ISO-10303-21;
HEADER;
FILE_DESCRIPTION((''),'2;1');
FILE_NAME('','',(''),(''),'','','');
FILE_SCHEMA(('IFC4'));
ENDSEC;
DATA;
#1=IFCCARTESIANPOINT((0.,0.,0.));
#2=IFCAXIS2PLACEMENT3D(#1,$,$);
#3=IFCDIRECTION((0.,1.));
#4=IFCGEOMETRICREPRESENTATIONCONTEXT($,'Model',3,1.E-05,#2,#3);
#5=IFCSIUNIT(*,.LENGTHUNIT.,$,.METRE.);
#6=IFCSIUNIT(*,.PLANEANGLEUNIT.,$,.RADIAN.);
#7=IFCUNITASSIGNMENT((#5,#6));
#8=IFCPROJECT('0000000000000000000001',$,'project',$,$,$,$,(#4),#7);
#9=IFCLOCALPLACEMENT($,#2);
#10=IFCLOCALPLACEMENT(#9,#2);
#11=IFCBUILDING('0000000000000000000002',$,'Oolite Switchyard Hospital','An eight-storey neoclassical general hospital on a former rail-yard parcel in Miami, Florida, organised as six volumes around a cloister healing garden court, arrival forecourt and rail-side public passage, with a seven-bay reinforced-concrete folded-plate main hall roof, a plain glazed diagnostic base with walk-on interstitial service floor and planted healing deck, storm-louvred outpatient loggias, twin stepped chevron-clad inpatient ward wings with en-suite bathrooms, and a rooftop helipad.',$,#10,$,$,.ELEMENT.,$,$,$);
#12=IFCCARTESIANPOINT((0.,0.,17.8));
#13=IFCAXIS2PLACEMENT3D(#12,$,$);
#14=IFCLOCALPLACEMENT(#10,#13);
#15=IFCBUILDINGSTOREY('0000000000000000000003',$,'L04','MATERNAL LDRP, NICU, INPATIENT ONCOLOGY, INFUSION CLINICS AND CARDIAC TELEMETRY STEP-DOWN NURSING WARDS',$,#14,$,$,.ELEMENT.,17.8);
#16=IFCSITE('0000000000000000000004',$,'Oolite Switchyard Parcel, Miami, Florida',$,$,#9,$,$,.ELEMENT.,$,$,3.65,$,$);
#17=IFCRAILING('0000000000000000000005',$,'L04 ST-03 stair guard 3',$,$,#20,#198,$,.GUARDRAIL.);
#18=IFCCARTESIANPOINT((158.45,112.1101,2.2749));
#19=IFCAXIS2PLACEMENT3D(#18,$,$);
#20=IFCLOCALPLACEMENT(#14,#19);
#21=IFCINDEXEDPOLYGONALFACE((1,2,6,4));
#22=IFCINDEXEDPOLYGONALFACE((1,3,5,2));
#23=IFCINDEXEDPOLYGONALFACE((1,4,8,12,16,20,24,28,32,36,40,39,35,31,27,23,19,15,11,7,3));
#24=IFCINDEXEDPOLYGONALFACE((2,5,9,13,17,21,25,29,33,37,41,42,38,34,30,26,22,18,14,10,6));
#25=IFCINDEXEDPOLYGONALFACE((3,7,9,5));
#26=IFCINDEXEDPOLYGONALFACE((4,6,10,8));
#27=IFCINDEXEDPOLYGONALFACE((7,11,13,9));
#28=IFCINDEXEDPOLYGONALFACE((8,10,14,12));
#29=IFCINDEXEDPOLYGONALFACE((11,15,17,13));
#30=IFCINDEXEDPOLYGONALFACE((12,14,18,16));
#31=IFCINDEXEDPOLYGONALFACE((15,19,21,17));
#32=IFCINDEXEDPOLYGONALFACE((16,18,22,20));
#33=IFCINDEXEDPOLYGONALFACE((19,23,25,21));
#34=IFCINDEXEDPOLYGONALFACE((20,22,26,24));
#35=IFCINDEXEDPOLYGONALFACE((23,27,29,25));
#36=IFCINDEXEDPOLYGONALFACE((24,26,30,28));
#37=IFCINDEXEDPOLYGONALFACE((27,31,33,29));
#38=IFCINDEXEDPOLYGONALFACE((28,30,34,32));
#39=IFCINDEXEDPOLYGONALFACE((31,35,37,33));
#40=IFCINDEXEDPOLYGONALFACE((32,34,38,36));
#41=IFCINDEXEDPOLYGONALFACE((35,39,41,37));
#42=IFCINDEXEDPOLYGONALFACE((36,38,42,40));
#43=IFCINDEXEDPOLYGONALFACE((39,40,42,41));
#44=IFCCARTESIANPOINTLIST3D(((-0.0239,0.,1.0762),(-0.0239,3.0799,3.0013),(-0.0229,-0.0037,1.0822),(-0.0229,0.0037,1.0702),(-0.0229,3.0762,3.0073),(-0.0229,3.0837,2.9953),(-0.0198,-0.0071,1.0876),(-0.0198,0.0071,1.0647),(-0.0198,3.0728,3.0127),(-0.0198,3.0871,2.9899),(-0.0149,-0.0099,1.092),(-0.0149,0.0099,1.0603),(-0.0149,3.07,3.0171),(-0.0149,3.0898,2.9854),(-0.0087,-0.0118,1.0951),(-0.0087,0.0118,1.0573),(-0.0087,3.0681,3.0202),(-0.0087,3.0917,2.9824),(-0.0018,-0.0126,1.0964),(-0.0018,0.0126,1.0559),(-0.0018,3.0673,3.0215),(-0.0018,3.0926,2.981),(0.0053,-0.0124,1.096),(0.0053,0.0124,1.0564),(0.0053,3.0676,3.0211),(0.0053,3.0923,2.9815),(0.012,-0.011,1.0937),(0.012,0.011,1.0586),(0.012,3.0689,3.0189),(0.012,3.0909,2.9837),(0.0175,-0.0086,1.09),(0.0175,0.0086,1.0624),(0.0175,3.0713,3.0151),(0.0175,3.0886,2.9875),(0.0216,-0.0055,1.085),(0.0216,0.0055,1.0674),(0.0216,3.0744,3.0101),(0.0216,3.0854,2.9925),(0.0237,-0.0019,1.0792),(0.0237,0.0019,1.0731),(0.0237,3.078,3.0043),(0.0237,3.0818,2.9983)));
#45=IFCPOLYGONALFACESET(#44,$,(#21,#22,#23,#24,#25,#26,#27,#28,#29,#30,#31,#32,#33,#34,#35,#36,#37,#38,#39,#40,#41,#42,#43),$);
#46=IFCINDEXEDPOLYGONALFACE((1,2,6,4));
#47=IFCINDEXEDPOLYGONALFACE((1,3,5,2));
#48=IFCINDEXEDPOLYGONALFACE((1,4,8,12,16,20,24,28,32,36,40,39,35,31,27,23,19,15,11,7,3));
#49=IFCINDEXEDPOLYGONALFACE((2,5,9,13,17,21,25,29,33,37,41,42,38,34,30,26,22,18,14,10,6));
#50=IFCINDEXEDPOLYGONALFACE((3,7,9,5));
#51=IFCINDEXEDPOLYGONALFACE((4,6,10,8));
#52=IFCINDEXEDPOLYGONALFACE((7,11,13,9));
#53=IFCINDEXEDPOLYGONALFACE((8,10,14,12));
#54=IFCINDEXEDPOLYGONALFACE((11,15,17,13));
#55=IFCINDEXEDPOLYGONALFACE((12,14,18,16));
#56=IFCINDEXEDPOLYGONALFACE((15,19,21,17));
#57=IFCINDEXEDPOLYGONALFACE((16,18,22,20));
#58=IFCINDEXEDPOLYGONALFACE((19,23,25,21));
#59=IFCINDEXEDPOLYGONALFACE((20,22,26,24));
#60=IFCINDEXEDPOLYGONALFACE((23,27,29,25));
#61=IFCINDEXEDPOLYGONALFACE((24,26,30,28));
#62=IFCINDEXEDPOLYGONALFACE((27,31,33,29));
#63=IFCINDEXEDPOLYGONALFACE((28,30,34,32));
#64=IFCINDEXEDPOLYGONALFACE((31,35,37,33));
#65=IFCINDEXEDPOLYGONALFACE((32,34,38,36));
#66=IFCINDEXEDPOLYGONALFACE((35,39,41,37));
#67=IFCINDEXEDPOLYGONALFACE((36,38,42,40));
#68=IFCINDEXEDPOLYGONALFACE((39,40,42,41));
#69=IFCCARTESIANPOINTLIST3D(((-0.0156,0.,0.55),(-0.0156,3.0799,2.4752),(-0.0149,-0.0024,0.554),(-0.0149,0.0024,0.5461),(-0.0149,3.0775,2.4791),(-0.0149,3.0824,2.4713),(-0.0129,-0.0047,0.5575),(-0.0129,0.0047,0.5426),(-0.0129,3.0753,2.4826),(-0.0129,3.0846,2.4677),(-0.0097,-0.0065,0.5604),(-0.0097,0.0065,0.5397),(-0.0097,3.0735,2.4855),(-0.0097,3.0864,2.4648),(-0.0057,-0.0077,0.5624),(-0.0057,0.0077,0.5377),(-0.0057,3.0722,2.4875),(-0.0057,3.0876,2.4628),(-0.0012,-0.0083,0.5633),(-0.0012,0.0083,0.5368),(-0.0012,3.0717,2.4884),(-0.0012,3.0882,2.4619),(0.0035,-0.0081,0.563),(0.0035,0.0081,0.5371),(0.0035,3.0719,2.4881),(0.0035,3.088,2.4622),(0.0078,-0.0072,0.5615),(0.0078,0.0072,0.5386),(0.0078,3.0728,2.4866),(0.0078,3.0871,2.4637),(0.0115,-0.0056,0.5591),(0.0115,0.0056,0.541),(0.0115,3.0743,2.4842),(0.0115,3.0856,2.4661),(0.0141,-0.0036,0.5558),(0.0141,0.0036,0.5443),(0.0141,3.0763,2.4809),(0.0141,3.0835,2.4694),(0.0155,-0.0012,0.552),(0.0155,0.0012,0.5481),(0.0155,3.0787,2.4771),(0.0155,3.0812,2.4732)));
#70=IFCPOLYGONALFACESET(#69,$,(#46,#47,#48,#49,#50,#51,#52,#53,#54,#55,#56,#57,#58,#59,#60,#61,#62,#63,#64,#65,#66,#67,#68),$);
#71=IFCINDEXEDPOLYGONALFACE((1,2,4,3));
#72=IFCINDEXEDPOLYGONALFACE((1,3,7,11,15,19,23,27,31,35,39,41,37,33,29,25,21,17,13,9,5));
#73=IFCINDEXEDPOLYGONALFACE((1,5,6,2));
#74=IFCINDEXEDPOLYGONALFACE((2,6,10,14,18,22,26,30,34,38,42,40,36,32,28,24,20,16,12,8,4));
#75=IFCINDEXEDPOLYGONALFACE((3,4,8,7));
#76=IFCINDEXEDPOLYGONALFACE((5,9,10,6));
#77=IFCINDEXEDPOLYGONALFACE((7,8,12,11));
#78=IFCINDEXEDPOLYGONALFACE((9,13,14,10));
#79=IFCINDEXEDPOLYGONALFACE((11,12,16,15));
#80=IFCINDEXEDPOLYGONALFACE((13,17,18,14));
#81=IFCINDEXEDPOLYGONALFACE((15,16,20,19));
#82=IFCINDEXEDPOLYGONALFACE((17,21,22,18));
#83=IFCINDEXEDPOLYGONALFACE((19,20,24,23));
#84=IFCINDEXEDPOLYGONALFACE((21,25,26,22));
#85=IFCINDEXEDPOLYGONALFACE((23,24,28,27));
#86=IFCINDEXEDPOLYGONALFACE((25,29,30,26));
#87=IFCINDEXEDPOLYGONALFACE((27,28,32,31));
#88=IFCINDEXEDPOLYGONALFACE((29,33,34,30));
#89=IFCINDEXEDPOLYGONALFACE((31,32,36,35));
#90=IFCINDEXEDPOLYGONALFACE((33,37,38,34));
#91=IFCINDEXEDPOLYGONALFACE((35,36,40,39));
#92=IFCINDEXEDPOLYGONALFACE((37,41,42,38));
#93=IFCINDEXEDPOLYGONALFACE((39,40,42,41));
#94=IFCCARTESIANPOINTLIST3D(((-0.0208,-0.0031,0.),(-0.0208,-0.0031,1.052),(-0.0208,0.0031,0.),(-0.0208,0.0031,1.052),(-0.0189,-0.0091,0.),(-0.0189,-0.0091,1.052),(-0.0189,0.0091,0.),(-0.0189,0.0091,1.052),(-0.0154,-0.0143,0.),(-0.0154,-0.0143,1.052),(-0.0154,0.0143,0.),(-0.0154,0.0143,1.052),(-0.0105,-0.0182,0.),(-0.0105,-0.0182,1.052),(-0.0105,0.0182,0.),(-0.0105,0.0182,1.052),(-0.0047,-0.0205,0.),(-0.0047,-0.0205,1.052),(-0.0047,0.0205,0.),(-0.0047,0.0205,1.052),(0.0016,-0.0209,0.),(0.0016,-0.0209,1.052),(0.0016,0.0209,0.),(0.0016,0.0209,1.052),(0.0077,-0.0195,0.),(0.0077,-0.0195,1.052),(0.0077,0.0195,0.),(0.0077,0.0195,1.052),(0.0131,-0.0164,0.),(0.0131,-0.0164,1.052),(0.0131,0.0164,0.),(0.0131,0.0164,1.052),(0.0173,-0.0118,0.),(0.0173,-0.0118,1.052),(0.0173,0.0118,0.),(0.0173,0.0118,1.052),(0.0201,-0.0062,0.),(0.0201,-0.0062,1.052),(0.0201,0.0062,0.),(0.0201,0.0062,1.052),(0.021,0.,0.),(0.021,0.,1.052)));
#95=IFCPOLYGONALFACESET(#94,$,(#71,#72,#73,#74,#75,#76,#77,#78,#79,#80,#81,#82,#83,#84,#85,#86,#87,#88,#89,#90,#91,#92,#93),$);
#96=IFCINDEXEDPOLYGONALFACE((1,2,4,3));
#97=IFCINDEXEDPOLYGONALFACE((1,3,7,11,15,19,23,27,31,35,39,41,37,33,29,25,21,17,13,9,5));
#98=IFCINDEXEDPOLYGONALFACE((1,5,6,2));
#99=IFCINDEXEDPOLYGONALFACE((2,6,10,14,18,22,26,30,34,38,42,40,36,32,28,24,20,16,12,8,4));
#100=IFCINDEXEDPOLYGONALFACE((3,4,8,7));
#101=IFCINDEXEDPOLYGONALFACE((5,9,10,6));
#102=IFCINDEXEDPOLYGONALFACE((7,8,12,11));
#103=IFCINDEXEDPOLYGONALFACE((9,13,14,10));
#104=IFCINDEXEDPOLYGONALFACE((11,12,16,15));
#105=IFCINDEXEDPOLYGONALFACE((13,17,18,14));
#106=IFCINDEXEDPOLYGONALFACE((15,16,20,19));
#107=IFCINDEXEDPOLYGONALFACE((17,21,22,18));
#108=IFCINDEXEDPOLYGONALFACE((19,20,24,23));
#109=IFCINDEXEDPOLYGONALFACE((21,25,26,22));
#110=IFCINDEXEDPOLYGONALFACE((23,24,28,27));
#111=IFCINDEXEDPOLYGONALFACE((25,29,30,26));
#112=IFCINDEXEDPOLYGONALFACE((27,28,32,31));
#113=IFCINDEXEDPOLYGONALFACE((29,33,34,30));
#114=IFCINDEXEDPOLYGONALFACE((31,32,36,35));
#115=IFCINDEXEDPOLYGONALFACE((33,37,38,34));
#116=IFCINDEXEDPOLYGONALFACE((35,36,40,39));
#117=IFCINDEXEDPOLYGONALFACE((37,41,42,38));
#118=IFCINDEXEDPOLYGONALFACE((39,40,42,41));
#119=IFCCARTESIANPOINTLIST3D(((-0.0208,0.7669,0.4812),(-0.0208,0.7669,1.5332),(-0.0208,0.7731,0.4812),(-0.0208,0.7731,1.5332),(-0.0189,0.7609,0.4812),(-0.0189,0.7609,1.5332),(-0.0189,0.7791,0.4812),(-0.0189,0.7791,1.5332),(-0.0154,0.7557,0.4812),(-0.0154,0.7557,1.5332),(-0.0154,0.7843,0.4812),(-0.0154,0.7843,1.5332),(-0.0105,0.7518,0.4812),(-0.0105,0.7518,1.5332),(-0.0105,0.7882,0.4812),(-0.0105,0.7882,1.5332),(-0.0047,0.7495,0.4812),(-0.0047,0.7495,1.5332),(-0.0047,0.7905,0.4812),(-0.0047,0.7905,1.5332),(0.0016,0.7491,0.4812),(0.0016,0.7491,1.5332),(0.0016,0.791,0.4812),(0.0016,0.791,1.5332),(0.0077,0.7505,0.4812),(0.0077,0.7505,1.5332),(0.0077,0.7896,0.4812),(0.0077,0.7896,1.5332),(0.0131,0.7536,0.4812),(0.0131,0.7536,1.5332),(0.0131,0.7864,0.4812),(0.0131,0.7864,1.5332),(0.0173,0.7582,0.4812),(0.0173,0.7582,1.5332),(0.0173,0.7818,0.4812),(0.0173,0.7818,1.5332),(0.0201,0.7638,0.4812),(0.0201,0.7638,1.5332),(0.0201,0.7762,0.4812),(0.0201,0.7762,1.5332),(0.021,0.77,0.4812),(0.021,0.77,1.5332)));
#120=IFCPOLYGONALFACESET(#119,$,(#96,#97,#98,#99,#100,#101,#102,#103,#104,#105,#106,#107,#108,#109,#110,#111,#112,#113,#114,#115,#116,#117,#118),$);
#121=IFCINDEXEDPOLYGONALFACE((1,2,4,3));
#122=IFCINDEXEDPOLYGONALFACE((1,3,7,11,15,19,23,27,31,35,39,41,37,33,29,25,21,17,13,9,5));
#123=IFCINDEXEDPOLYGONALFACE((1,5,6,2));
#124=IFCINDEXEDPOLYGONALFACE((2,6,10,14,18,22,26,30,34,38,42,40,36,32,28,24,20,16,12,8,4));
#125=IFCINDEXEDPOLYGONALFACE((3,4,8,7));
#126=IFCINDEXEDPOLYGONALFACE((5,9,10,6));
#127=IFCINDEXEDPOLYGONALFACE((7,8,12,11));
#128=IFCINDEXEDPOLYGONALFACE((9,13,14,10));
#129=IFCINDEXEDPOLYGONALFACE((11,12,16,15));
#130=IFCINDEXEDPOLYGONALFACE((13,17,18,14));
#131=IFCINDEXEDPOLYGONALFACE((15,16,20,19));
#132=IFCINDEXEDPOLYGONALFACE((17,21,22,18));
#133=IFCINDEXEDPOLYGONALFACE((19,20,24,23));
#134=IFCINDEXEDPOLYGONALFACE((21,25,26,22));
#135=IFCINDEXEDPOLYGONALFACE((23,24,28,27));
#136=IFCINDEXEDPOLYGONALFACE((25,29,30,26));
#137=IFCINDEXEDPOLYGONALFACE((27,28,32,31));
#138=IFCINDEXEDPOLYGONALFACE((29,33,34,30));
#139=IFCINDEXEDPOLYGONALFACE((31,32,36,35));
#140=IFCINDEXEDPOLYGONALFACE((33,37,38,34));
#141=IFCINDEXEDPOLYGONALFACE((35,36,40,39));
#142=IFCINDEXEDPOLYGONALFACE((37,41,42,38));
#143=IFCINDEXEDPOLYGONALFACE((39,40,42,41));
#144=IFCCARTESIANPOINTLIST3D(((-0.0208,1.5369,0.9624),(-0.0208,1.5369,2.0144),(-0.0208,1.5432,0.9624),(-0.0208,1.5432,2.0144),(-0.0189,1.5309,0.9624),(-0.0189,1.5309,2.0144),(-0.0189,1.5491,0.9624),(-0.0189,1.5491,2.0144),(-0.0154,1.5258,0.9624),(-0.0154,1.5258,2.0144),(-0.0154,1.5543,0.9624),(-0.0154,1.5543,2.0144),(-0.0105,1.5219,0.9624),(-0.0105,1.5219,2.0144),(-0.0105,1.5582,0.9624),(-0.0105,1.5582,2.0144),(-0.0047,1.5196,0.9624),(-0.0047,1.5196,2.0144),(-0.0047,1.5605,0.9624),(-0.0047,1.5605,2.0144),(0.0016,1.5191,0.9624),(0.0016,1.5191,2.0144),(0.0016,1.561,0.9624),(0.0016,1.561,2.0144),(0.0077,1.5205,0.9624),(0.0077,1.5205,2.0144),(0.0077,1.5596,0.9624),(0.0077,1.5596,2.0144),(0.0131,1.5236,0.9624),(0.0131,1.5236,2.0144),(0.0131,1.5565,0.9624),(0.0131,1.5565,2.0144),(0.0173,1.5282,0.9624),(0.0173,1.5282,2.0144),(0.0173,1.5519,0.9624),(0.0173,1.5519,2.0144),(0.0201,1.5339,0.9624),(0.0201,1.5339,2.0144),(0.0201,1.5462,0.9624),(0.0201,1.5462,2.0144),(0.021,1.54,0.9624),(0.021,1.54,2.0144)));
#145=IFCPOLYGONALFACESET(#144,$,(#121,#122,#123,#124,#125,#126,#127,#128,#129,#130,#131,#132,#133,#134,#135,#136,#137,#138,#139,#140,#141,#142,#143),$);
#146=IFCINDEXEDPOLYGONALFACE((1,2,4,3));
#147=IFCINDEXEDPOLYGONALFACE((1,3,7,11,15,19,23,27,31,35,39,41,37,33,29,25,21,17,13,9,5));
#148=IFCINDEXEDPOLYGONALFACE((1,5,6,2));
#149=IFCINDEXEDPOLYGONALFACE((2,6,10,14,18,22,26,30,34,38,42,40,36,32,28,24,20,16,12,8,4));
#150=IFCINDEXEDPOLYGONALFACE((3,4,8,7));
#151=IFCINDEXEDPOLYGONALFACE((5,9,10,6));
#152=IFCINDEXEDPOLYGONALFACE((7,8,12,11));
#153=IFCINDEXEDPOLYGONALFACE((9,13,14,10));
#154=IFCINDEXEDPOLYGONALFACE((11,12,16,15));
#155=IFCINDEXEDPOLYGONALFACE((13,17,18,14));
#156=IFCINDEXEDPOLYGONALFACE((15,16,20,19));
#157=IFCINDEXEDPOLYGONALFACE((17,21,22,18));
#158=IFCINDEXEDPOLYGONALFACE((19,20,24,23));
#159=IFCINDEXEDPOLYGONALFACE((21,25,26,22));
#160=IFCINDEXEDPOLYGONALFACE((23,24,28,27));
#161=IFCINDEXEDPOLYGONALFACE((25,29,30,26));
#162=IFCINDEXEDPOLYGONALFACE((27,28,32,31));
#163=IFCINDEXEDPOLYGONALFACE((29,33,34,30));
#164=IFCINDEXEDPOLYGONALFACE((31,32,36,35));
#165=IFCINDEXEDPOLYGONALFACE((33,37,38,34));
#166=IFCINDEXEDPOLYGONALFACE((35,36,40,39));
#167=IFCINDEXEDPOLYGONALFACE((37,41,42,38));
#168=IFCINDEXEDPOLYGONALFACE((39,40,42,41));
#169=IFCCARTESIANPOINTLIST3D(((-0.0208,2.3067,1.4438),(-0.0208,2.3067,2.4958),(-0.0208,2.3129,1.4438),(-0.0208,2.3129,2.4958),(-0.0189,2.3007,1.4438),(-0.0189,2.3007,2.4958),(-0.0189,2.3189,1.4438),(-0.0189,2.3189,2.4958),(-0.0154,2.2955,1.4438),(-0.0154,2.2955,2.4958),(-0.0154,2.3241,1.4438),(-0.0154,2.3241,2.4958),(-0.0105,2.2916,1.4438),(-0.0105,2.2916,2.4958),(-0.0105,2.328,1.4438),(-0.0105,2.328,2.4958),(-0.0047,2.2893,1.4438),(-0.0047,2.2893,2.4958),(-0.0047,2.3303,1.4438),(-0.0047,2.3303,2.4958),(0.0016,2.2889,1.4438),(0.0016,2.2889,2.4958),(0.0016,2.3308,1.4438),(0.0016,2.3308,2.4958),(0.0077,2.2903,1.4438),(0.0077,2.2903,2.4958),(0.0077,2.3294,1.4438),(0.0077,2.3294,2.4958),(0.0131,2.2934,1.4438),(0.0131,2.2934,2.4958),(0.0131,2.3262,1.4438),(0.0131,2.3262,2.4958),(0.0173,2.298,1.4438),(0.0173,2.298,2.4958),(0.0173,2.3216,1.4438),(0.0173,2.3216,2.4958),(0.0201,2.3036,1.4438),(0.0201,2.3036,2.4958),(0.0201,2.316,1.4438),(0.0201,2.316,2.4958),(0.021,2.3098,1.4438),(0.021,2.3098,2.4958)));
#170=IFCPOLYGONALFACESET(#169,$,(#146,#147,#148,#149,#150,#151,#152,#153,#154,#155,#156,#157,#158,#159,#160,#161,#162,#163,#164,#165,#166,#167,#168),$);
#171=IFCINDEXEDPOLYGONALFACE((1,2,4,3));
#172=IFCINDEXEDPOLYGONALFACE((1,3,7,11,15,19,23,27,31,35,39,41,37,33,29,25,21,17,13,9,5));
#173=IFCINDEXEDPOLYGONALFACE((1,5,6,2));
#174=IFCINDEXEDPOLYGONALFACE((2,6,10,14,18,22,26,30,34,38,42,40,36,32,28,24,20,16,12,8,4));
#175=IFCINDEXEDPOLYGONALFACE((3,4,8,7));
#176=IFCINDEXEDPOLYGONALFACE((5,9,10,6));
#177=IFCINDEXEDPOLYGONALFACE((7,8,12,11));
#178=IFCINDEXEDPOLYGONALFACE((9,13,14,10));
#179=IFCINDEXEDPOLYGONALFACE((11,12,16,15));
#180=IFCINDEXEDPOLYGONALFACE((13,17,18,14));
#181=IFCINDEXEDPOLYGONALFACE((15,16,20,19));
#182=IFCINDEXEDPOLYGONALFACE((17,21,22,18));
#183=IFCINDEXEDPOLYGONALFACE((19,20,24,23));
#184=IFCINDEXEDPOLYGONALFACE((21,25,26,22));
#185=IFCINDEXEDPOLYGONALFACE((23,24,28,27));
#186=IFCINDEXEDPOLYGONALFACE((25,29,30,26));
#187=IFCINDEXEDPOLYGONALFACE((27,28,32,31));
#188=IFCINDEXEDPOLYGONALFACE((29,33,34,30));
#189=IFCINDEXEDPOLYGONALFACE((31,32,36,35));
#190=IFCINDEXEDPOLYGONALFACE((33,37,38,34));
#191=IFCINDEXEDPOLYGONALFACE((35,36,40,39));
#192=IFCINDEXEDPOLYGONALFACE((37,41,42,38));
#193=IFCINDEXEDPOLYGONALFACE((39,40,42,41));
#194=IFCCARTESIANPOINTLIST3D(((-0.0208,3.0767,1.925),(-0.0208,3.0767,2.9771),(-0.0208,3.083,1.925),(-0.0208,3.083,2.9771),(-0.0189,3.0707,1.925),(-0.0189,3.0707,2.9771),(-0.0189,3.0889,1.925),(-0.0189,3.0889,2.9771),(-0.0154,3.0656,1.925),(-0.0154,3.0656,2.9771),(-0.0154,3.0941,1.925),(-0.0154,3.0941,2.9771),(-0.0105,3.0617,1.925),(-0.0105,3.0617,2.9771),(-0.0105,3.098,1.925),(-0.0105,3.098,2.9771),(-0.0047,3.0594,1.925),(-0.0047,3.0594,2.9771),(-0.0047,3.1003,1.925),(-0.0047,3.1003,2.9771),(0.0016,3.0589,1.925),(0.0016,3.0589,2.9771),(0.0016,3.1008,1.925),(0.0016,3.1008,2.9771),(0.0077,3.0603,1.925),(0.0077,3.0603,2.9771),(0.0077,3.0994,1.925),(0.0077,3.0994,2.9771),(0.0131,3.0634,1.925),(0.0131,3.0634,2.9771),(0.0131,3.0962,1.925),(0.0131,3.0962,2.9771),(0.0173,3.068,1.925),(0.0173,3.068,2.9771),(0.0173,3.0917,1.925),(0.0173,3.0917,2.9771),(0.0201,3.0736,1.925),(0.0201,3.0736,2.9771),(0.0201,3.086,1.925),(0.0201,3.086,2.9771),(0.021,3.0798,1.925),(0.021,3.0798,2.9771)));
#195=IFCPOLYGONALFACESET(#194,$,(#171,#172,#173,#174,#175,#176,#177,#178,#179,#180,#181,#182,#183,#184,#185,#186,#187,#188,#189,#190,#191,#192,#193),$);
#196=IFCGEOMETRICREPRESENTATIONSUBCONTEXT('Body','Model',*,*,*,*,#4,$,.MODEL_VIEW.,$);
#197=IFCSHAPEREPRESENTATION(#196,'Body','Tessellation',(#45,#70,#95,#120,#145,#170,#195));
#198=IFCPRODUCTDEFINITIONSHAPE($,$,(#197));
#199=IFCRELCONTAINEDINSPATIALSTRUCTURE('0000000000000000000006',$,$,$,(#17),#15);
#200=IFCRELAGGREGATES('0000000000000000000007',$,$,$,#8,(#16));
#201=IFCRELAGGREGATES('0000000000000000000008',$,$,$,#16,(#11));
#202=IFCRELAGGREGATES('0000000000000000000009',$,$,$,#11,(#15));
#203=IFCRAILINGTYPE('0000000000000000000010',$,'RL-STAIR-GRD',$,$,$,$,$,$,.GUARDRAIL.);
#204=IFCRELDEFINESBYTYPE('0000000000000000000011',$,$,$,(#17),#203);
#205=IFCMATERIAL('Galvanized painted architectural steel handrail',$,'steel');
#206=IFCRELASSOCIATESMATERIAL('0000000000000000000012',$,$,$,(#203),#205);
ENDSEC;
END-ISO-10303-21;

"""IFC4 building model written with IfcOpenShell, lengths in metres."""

from ifc_helpers import new_model, si_unit, direction, frame, origin, origin_2d, place, context, subcontext, project, spatial, circle, extrude, material, type_object, element, save


model = new_model("IFC4")

# Units and contexts
model_context = context("Model", 3, precision=1e-05, world=origin(), true_north=direction((0.0, 1.0)))
body_context = subcontext(model_context, "Body", "Model", "MODEL_VIEW")
ifc_project = project(units=[si_unit("LENGTHUNIT", "METRE"), si_unit("PLANEANGLEUNIT", "RADIAN")], contexts=[model_context])

# Site, building, storey
site_placement = place(None, origin())
site = spatial("IfcSite", under=ifc_project, at=site_placement, Name="Oolite Switchyard Parcel, Miami, Florida", CompositionType="ELEMENT", RefElevation=3.65)
building_placement = place(site_placement, origin())
building = spatial("IfcBuilding", under=site, at=building_placement, Name="Oolite Switchyard Hospital", Description="An eight-storey neoclassical general hospital on a former rail-yard parcel in Miami, Florida, organised as six volumes around a cloister healing garden court, arrival forecourt and rail-side public passage, with a seven-bay reinforced-concrete folded-plate main hall roof, a plain glazed diagnostic base with walk-on interstitial service floor and planted healing deck, storm-louvred outpatient loggias, twin stepped chevron-clad inpatient ward wings with en-suite bathrooms, and a rooftop helipad.", CompositionType="ELEMENT")
storey_placement = place(building_placement, frame((0.0, 0.0, 17.8)))
storey = spatial("IfcBuildingStorey", under=building, at=storey_placement, Name="L04", Description="MATERNAL LDRP, NICU, INPATIENT ONCOLOGY, INFUSION CLINICS AND CARDIAC TELEMETRY STEP-DOWN NURSING WARDS", CompositionType="ELEMENT", Elevation=17.8)

# Railing
ifc_material_1 = material(Name="Galvanized painted architectural steel handrail", Category="steel")
railing_type_1 = type_object("IfcRailingType", Name="RL-STAIR-GRD", PredefinedType="GUARDRAIL", material=ifc_material_1)
railing_1_placement = place(storey_placement, frame((158.45, 112.1101, 2.2749)))
element("IfcRailing", 1, at=railing_1_placement, inside=storey, type_object=railing_type_1, Name="L04 ST-03 stair guard 3", PredefinedType="GUARDRAIL", context=body_context, shape_type="SweptSolid", body=[
    extrude(circle(Radius=0.0239, at=origin_2d()), frame((0.0, 0.0, 1.0762), z_axis=(0.0, 0.847979, 0.530029), x_axis=(-1.0, 0.0, 0.0)), (0.0, 0.0, 1.0), 3.6321),
    extrude(circle(Radius=0.0156, at=origin_2d()), frame((0.0, 0.0, 0.55), z_axis=(0.0, 0.847979, 0.530029), x_axis=(-1.0, 0.0, 0.0)), (0.0, 0.0, 1.0), 3.6321),
    extrude(circle(Radius=0.021, at=origin_2d()), origin(), (0.0, 0.0, 1.0), 1.052),
    extrude(circle(Radius=0.021, at=origin_2d()), frame((0.0, 0.77, 0.4812)), (0.0, 0.0, 1.0), 1.052),
    extrude(circle(Radius=0.021, at=origin_2d()), frame((0.0, 1.54, 0.9624)), (0.0, 0.0, 1.0), 1.052),
    extrude(circle(Radius=0.021, at=origin_2d()), frame((0.0, 2.3098, 1.4438)), (0.0, 0.0, 1.0), 1.052),
    extrude(circle(Radius=0.021, at=origin_2d()), frame((0.0, 3.0798, 1.925)), (0.0, 0.0, 1.0), 1.052),
])

save(model, "model.ifc")
